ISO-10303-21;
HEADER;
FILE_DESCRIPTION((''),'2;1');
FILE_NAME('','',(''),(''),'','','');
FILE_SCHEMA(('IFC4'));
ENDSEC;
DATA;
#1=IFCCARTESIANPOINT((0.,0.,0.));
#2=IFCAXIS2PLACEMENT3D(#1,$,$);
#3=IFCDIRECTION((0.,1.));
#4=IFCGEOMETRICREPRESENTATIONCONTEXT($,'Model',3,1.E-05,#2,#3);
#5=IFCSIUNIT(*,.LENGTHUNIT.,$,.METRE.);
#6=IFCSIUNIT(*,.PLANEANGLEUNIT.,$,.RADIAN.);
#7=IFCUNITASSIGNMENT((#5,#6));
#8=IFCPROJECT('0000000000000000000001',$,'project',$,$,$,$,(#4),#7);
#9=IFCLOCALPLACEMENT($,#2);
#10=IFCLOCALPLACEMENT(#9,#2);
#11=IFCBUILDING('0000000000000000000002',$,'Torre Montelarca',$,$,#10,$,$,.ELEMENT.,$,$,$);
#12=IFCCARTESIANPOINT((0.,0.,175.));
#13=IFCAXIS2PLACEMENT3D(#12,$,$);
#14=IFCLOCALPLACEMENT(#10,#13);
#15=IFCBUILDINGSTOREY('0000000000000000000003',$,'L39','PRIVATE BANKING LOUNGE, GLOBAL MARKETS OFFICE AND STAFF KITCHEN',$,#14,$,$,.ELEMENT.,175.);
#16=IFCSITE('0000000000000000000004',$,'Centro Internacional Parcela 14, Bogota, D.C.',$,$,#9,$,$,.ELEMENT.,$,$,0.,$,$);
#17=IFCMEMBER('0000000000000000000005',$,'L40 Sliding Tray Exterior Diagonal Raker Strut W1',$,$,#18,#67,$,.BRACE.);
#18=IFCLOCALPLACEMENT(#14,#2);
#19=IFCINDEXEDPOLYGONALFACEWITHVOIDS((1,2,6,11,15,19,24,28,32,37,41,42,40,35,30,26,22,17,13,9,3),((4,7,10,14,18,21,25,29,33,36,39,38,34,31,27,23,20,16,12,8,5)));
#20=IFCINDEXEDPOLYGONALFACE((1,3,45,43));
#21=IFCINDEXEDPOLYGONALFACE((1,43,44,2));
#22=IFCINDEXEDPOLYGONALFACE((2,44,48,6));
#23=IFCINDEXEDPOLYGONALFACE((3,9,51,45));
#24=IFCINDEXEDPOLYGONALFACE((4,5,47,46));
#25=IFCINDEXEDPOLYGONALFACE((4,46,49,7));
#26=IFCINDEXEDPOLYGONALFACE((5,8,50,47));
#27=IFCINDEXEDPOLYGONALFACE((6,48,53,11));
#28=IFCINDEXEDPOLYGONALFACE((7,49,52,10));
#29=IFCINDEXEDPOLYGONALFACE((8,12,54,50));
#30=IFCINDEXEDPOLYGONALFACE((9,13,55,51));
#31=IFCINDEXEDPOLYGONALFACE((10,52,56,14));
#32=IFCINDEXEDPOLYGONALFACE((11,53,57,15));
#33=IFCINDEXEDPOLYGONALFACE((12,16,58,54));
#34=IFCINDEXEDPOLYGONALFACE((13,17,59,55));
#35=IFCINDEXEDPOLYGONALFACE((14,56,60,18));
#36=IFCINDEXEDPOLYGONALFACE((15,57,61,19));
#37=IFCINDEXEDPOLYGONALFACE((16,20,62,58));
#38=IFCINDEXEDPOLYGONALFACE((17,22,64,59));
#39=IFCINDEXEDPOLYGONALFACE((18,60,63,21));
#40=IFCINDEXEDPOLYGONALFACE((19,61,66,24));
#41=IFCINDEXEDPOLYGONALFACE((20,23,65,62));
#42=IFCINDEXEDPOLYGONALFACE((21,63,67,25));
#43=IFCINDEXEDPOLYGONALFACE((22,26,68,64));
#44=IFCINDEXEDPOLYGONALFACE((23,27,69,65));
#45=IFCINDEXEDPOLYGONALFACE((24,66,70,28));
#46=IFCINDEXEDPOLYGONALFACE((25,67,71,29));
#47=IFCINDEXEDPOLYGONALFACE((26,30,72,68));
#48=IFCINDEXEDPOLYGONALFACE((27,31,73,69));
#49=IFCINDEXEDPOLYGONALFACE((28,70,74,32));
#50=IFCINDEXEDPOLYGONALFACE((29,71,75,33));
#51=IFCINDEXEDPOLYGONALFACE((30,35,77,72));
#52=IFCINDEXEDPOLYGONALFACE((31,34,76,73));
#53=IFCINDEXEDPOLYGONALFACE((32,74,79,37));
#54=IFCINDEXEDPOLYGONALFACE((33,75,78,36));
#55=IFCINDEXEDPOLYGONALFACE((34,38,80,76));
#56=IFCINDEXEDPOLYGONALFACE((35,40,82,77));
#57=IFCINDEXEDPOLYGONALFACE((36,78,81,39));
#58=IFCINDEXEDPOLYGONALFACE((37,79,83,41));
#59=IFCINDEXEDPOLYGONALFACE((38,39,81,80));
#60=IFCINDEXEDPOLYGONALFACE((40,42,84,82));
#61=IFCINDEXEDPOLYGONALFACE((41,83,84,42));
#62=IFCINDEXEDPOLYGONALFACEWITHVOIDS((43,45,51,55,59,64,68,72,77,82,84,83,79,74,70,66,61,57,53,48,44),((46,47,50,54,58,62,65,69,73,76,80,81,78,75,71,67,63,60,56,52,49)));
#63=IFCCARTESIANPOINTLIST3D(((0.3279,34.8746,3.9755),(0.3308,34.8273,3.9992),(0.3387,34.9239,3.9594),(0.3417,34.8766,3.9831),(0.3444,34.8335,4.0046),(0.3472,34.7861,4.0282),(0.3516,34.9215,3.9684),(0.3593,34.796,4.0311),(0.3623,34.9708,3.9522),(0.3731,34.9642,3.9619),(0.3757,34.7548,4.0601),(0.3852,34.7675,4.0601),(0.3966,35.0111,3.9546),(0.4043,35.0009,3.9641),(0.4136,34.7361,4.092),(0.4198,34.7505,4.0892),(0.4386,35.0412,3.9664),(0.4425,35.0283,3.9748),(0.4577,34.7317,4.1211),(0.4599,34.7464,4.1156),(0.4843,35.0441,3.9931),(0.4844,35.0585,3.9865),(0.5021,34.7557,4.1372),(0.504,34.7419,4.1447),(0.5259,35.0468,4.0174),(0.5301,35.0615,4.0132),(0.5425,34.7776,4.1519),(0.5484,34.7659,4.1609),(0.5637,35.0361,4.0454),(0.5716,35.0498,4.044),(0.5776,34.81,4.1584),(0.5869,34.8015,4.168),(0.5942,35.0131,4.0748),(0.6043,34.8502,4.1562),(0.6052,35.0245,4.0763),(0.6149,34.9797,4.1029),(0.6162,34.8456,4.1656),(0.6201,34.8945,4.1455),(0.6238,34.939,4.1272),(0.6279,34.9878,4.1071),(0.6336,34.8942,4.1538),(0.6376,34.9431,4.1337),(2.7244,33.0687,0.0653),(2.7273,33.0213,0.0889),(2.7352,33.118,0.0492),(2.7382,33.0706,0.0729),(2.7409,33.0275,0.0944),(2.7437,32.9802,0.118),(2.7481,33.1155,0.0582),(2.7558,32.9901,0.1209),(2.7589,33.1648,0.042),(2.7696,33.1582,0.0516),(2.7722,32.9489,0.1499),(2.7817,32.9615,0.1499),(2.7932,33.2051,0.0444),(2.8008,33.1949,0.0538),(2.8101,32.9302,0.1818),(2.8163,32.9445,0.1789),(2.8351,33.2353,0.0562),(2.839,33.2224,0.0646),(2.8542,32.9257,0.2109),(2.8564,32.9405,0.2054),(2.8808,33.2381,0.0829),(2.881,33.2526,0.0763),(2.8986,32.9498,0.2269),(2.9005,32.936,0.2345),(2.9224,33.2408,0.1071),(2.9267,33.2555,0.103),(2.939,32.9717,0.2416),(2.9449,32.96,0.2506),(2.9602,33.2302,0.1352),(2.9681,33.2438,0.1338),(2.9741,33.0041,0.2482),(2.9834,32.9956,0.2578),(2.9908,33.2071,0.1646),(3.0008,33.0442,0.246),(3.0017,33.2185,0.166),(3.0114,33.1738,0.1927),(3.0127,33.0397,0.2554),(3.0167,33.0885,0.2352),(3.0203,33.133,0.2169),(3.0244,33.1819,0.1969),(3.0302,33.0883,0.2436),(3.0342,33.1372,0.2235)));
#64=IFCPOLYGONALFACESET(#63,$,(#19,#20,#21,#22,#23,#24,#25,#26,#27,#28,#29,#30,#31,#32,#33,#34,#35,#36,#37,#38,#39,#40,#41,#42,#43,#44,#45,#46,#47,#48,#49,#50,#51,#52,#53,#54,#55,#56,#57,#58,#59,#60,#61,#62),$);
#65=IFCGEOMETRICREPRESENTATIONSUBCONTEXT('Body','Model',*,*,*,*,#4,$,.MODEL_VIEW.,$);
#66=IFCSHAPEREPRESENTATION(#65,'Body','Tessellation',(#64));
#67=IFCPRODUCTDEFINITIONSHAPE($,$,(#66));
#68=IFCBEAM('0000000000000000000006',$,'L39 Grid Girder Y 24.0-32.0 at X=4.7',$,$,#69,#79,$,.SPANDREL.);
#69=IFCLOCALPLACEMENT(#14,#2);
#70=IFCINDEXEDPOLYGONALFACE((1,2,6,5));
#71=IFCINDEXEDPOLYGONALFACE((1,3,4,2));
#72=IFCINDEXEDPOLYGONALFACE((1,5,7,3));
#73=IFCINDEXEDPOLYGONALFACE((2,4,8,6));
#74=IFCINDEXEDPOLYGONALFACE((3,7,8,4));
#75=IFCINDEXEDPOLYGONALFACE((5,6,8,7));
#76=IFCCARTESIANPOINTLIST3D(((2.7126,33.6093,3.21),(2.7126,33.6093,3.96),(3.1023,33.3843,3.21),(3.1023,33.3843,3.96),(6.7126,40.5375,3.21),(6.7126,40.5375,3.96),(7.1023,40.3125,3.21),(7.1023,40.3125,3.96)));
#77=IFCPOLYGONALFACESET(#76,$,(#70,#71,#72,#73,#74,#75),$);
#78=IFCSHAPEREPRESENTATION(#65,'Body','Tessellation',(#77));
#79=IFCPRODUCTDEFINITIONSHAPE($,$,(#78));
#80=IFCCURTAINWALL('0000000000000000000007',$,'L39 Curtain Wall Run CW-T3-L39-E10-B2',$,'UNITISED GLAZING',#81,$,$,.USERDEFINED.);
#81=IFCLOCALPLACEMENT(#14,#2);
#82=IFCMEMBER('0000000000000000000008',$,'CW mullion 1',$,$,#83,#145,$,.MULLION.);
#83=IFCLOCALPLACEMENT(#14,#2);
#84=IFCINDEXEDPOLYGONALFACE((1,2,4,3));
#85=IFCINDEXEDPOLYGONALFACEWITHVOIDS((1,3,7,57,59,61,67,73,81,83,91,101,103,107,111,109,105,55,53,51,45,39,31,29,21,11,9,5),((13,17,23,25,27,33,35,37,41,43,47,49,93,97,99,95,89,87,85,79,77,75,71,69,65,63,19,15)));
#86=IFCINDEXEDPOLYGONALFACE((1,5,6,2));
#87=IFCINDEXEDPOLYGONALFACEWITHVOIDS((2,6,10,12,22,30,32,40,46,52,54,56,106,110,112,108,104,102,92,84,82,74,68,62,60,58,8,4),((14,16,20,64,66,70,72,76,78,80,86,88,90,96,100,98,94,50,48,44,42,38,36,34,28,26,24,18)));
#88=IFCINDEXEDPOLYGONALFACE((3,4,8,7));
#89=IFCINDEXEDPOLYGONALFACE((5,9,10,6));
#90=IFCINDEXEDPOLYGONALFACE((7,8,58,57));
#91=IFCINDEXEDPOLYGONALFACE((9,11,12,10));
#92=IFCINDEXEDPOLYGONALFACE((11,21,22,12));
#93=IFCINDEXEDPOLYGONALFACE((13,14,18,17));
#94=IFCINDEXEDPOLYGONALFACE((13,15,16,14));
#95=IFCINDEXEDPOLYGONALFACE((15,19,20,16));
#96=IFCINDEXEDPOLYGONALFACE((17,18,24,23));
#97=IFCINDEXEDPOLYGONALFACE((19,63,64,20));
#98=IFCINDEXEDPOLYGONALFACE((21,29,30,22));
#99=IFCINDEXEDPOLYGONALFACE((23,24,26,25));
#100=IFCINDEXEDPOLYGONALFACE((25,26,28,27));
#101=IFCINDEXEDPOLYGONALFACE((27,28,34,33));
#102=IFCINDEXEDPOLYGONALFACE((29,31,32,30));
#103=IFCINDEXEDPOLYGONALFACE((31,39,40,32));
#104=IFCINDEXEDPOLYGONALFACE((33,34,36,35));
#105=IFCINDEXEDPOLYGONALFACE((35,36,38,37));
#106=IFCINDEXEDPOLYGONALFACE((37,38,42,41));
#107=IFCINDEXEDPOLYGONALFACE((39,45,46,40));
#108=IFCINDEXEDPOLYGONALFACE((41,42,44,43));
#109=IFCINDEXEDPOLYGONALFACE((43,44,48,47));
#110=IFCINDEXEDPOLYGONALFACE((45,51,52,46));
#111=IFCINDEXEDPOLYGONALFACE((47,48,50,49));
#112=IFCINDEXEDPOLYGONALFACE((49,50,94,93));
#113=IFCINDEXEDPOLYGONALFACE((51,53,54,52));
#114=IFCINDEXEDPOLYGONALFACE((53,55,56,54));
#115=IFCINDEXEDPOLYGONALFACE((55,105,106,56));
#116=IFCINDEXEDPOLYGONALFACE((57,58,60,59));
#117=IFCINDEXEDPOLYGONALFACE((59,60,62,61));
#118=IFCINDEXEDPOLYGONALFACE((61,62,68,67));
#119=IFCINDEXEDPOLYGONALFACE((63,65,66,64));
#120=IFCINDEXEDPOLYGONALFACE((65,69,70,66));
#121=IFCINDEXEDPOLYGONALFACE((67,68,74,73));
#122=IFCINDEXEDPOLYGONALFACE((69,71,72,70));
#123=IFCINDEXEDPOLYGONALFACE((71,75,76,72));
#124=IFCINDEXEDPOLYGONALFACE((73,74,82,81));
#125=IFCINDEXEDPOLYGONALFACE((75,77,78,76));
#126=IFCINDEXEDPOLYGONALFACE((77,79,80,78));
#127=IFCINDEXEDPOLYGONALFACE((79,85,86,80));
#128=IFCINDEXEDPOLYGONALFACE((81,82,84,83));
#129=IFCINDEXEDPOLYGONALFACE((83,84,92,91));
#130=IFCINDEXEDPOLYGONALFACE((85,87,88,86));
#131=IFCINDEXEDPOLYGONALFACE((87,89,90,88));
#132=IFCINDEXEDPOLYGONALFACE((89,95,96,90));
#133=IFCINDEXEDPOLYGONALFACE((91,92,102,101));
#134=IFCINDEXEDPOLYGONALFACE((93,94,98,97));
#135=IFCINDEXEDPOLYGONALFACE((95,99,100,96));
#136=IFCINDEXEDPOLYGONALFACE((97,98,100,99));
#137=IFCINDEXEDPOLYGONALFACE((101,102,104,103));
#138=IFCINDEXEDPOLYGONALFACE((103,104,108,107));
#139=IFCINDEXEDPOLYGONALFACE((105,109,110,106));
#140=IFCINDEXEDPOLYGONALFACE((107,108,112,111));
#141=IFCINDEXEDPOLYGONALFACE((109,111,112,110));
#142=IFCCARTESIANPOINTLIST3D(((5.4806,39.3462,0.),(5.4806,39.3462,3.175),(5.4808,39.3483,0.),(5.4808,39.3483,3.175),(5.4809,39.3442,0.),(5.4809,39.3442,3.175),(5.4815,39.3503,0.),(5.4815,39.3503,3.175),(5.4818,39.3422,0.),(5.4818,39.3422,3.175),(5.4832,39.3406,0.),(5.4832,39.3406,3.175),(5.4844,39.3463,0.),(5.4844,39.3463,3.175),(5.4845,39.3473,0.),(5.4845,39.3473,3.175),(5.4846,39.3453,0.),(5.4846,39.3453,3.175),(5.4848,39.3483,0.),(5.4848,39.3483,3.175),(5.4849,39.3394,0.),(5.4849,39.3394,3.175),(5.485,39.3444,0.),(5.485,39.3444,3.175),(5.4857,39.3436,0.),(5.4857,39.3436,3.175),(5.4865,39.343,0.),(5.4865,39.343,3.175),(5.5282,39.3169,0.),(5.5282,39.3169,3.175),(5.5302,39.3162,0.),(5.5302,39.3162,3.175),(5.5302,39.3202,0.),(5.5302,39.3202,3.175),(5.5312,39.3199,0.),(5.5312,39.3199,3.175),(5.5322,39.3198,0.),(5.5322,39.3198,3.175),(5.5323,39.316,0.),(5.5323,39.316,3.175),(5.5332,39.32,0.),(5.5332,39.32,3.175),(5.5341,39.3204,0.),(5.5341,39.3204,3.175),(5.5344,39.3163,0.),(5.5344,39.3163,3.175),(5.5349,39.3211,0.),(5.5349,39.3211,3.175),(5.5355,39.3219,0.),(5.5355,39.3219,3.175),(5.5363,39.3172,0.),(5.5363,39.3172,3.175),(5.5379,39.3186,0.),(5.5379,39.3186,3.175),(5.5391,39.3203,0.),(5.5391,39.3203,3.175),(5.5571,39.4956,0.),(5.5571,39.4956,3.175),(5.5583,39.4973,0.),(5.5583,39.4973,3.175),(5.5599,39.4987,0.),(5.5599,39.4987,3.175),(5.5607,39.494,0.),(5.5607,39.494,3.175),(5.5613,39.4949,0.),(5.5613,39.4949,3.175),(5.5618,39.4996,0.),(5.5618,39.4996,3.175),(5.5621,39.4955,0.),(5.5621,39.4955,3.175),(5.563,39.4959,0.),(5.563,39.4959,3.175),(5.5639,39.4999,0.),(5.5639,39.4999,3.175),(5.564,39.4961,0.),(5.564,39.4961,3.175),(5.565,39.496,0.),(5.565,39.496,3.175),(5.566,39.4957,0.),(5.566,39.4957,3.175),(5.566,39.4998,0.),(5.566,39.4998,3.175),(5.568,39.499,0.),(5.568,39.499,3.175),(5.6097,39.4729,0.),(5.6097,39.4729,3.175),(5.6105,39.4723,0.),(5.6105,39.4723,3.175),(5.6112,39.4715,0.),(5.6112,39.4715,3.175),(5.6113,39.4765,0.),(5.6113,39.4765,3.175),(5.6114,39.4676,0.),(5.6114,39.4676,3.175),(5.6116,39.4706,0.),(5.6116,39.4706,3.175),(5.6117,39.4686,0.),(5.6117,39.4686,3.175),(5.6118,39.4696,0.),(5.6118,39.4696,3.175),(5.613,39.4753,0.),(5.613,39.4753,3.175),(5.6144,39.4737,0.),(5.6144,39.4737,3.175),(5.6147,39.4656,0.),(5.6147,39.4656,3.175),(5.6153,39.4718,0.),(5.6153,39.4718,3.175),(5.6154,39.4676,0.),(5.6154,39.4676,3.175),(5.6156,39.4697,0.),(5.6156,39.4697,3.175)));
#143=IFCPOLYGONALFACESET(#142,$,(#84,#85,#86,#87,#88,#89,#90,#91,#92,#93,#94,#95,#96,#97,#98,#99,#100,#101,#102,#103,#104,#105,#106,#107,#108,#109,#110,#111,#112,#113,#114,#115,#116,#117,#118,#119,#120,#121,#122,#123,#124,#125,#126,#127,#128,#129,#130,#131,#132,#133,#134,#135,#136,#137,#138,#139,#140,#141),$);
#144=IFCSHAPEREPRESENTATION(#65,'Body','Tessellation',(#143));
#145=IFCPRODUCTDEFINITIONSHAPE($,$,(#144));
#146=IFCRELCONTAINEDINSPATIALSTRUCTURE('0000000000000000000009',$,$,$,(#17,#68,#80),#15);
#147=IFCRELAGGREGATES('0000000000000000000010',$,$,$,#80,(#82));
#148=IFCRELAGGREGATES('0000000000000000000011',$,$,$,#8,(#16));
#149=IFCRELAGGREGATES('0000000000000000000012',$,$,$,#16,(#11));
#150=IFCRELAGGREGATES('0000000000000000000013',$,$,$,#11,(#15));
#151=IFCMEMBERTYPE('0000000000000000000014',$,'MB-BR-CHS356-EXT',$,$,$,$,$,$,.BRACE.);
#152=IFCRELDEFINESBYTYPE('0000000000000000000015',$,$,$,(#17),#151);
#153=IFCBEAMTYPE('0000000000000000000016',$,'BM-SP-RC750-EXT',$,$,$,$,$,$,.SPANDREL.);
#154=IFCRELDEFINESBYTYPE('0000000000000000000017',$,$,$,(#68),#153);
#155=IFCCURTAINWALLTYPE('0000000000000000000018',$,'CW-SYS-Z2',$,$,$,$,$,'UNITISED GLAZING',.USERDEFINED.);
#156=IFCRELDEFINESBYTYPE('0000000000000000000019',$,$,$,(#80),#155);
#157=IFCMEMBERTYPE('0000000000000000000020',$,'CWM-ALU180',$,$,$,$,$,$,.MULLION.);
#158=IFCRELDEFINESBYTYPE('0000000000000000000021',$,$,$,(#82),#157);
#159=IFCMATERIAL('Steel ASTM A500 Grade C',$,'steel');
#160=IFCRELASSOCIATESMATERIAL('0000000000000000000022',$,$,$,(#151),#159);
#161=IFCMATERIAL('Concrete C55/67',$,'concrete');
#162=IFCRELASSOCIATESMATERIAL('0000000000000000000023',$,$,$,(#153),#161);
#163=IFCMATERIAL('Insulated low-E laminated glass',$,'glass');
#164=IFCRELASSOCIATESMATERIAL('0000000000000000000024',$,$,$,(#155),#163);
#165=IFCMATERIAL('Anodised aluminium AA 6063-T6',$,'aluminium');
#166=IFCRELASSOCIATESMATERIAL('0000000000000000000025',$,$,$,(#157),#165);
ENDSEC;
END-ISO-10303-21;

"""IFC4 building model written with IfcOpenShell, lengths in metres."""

from ifc_helpers import new_model, si_unit, direction, frame, origin, origin_2d, place, context, subcontext, project, spatial, rectangle, hollow_rectangle, hollow_circle, extrude, source, transform, mapped, material, material_profile, profile_set, type_object, element, aggregate, save


model = new_model("IFC4")

# Units and contexts
model_context = context("Model", 3, precision=1e-05, world=origin(), true_north=direction((0.0, 1.0)))
body_context = subcontext(model_context, "Body", "Model", "MODEL_VIEW")
ifc_project = project(units=[si_unit("LENGTHUNIT", "METRE"), si_unit("PLANEANGLEUNIT", "RADIAN")], contexts=[model_context])

# Site, building, storey
site_placement = place(None, origin())
site = spatial("IfcSite", under=ifc_project, at=site_placement, Name="Centro Internacional Parcela 14, Bogota, D.C.", CompositionType="ELEMENT", RefElevation=0.0)
building_placement = place(site_placement, origin())
building = spatial("IfcBuilding", under=site, at=building_placement, Name="Torre Montelarca", CompositionType="ELEMENT")
storey_placement = place(building_placement, frame((0.0, 0.0, 175.0)))
storey = spatial("IfcBuildingStorey", under=building, at=storey_placement, Name="L39", Description="PRIVATE BANKING LOUNGE, GLOBAL MARKETS OFFICE AND STAFF KITCHEN", CompositionType="ELEMENT", Elevation=175.0)

# Shared definitions
ifc_material_1 = material(Name="Concrete C55/67", Category="concrete")

# Member
ifc_material_2 = material(Name="Steel ASTM A500 Grade C", Category="steel")
ifc_material_profile_1 = material_profile(ifc_material_2, hollow_circle(Radius=0.1777, WallThickness=0.0159, at=origin_2d()), Name="HSS355.6X15.9", Category="steel")
ifc_profile_set_1 = profile_set([ifc_material_profile_1], Name="Steel ASTM A500 Grade C")
member_type_1 = type_object("IfcMemberType", Name="MB-BR-CHS356-EXT", PredefinedType="BRACE", material=ifc_profile_set_1)
shared_shape_1 = source(origin(), body_context, "Body", "SweptSolid", [
    extrude(hollow_circle(Radius=0.1777, WallThickness=0.0159, at=origin_2d()), origin(), (0.0, 0.0, 1.0), 4.929),
])
member_1_placement = place(storey_placement, frame((2.8792, 33.0908, 0.1499), z_axis=(-0.486214, 0.366394, 0.793317), x_axis=(-0.601821, -0.798631, 0.0)))
element("IfcMember", 1, at=member_1_placement, inside=storey, type_object=member_type_1, Name="L40 Sliding Tray Exterior Diagonal Raker Strut W1", PredefinedType="BRACE", context=body_context, shape_type="MappedRepresentation", body=[
    mapped(shared_shape_1, transform((0.0, 0.0, 0.0), scale=1.0)),
])

# Beam
ifc_material_profile_2 = material_profile(ifc_material_1, rectangle(XDim=0.45, YDim=0.75, at=origin_2d()), Name="RCB450X750", Category="concrete")
ifc_profile_set_2 = profile_set([ifc_material_profile_2], Name="Concrete C55/67")
beam_type = type_object("IfcBeamType", Name="BM-SP-RC750-EXT", PredefinedType="SPANDREL", material=ifc_profile_set_2)
shared_shape_2 = source(origin(), body_context, "Body", "SweptSolid", [
    extrude(rectangle(XDim=0.45, YDim=0.75, at=origin_2d()), origin(), (0.0, 0.0, 1.0), 8.0),
])
beam_placement = place(storey_placement, frame((2.9075, 33.4968, 3.585), z_axis=(0.499999, 0.866026, 0.0), x_axis=(-0.866026, 0.499999, 0.0)))
element("IfcBeam", 2, at=beam_placement, inside=storey, type_object=beam_type, Name="L39 Grid Girder Y 24.0-32.0 at X=4.7", PredefinedType="SPANDREL", context=body_context, shape_type="MappedRepresentation", body=[
    mapped(shared_shape_2, transform((0.0, 0.0, 0.0), scale=1.0)),
])

# Curtain wall, member
ifc_material_3 = material(Name="Insulated low-E laminated glass", Category="glass")
curtain_wall_type = type_object("IfcCurtainWallType", Name="CW-SYS-Z2", ElementType="UNITISED GLAZING", PredefinedType="USERDEFINED", material=ifc_material_3)
curtain_wall_placement = place(storey_placement, origin())
curtain_wall = element("IfcCurtainWall", 3, at=curtain_wall_placement, inside=storey, type_object=curtain_wall_type, Name="L39 Curtain Wall Run CW-T3-L39-E10-B2", ObjectType="UNITISED GLAZING", PredefinedType="USERDEFINED")
ifc_material_4 = material(Name="Anodised aluminium AA 6063-T6", Category="aluminium")
ifc_material_profile_3 = material_profile(ifc_material_4, hollow_rectangle(XDim=0.0649, YDim=0.1799, WallThickness=0.0039, InnerFilletRadius=0.0039, OuterFilletRadius=0.0081, at=origin_2d()), Name="ALU65X180X4", Category="aluminium")
ifc_profile_set_3 = profile_set([ifc_material_profile_3], Name="Anodised aluminium AA 6063-T6")
member_type_2 = type_object("IfcMemberType", Name="CWM-ALU180", PredefinedType="MULLION", material=ifc_profile_set_3)
shared_shape_3 = source(origin(), body_context, "Body", "SweptSolid", [
    extrude(hollow_rectangle(XDim=0.0649, YDim=0.1799, WallThickness=0.0039, InnerFilletRadius=0.0039, OuterFilletRadius=0.0081, at=origin_2d()), origin(), (0.0, 0.0, 1.0), 3.175),
])
member_2_placement = place(storey_placement, frame((5.5481, 39.408, 0.0), z_axis=(0.0, 0.0, 1.0), x_axis=(0.887014, -0.461742, 0.0)))
member_2 = element("IfcMember", 4, at=member_2_placement, type_object=member_type_2, Name="CW mullion 1", PredefinedType="MULLION", context=body_context, shape_type="MappedRepresentation", body=[
    mapped(shared_shape_3, transform((0.0, 0.0, 0.0), scale=1.0)),
])
aggregate(curtain_wall, [member_2])

save(model, "model.ifc")
